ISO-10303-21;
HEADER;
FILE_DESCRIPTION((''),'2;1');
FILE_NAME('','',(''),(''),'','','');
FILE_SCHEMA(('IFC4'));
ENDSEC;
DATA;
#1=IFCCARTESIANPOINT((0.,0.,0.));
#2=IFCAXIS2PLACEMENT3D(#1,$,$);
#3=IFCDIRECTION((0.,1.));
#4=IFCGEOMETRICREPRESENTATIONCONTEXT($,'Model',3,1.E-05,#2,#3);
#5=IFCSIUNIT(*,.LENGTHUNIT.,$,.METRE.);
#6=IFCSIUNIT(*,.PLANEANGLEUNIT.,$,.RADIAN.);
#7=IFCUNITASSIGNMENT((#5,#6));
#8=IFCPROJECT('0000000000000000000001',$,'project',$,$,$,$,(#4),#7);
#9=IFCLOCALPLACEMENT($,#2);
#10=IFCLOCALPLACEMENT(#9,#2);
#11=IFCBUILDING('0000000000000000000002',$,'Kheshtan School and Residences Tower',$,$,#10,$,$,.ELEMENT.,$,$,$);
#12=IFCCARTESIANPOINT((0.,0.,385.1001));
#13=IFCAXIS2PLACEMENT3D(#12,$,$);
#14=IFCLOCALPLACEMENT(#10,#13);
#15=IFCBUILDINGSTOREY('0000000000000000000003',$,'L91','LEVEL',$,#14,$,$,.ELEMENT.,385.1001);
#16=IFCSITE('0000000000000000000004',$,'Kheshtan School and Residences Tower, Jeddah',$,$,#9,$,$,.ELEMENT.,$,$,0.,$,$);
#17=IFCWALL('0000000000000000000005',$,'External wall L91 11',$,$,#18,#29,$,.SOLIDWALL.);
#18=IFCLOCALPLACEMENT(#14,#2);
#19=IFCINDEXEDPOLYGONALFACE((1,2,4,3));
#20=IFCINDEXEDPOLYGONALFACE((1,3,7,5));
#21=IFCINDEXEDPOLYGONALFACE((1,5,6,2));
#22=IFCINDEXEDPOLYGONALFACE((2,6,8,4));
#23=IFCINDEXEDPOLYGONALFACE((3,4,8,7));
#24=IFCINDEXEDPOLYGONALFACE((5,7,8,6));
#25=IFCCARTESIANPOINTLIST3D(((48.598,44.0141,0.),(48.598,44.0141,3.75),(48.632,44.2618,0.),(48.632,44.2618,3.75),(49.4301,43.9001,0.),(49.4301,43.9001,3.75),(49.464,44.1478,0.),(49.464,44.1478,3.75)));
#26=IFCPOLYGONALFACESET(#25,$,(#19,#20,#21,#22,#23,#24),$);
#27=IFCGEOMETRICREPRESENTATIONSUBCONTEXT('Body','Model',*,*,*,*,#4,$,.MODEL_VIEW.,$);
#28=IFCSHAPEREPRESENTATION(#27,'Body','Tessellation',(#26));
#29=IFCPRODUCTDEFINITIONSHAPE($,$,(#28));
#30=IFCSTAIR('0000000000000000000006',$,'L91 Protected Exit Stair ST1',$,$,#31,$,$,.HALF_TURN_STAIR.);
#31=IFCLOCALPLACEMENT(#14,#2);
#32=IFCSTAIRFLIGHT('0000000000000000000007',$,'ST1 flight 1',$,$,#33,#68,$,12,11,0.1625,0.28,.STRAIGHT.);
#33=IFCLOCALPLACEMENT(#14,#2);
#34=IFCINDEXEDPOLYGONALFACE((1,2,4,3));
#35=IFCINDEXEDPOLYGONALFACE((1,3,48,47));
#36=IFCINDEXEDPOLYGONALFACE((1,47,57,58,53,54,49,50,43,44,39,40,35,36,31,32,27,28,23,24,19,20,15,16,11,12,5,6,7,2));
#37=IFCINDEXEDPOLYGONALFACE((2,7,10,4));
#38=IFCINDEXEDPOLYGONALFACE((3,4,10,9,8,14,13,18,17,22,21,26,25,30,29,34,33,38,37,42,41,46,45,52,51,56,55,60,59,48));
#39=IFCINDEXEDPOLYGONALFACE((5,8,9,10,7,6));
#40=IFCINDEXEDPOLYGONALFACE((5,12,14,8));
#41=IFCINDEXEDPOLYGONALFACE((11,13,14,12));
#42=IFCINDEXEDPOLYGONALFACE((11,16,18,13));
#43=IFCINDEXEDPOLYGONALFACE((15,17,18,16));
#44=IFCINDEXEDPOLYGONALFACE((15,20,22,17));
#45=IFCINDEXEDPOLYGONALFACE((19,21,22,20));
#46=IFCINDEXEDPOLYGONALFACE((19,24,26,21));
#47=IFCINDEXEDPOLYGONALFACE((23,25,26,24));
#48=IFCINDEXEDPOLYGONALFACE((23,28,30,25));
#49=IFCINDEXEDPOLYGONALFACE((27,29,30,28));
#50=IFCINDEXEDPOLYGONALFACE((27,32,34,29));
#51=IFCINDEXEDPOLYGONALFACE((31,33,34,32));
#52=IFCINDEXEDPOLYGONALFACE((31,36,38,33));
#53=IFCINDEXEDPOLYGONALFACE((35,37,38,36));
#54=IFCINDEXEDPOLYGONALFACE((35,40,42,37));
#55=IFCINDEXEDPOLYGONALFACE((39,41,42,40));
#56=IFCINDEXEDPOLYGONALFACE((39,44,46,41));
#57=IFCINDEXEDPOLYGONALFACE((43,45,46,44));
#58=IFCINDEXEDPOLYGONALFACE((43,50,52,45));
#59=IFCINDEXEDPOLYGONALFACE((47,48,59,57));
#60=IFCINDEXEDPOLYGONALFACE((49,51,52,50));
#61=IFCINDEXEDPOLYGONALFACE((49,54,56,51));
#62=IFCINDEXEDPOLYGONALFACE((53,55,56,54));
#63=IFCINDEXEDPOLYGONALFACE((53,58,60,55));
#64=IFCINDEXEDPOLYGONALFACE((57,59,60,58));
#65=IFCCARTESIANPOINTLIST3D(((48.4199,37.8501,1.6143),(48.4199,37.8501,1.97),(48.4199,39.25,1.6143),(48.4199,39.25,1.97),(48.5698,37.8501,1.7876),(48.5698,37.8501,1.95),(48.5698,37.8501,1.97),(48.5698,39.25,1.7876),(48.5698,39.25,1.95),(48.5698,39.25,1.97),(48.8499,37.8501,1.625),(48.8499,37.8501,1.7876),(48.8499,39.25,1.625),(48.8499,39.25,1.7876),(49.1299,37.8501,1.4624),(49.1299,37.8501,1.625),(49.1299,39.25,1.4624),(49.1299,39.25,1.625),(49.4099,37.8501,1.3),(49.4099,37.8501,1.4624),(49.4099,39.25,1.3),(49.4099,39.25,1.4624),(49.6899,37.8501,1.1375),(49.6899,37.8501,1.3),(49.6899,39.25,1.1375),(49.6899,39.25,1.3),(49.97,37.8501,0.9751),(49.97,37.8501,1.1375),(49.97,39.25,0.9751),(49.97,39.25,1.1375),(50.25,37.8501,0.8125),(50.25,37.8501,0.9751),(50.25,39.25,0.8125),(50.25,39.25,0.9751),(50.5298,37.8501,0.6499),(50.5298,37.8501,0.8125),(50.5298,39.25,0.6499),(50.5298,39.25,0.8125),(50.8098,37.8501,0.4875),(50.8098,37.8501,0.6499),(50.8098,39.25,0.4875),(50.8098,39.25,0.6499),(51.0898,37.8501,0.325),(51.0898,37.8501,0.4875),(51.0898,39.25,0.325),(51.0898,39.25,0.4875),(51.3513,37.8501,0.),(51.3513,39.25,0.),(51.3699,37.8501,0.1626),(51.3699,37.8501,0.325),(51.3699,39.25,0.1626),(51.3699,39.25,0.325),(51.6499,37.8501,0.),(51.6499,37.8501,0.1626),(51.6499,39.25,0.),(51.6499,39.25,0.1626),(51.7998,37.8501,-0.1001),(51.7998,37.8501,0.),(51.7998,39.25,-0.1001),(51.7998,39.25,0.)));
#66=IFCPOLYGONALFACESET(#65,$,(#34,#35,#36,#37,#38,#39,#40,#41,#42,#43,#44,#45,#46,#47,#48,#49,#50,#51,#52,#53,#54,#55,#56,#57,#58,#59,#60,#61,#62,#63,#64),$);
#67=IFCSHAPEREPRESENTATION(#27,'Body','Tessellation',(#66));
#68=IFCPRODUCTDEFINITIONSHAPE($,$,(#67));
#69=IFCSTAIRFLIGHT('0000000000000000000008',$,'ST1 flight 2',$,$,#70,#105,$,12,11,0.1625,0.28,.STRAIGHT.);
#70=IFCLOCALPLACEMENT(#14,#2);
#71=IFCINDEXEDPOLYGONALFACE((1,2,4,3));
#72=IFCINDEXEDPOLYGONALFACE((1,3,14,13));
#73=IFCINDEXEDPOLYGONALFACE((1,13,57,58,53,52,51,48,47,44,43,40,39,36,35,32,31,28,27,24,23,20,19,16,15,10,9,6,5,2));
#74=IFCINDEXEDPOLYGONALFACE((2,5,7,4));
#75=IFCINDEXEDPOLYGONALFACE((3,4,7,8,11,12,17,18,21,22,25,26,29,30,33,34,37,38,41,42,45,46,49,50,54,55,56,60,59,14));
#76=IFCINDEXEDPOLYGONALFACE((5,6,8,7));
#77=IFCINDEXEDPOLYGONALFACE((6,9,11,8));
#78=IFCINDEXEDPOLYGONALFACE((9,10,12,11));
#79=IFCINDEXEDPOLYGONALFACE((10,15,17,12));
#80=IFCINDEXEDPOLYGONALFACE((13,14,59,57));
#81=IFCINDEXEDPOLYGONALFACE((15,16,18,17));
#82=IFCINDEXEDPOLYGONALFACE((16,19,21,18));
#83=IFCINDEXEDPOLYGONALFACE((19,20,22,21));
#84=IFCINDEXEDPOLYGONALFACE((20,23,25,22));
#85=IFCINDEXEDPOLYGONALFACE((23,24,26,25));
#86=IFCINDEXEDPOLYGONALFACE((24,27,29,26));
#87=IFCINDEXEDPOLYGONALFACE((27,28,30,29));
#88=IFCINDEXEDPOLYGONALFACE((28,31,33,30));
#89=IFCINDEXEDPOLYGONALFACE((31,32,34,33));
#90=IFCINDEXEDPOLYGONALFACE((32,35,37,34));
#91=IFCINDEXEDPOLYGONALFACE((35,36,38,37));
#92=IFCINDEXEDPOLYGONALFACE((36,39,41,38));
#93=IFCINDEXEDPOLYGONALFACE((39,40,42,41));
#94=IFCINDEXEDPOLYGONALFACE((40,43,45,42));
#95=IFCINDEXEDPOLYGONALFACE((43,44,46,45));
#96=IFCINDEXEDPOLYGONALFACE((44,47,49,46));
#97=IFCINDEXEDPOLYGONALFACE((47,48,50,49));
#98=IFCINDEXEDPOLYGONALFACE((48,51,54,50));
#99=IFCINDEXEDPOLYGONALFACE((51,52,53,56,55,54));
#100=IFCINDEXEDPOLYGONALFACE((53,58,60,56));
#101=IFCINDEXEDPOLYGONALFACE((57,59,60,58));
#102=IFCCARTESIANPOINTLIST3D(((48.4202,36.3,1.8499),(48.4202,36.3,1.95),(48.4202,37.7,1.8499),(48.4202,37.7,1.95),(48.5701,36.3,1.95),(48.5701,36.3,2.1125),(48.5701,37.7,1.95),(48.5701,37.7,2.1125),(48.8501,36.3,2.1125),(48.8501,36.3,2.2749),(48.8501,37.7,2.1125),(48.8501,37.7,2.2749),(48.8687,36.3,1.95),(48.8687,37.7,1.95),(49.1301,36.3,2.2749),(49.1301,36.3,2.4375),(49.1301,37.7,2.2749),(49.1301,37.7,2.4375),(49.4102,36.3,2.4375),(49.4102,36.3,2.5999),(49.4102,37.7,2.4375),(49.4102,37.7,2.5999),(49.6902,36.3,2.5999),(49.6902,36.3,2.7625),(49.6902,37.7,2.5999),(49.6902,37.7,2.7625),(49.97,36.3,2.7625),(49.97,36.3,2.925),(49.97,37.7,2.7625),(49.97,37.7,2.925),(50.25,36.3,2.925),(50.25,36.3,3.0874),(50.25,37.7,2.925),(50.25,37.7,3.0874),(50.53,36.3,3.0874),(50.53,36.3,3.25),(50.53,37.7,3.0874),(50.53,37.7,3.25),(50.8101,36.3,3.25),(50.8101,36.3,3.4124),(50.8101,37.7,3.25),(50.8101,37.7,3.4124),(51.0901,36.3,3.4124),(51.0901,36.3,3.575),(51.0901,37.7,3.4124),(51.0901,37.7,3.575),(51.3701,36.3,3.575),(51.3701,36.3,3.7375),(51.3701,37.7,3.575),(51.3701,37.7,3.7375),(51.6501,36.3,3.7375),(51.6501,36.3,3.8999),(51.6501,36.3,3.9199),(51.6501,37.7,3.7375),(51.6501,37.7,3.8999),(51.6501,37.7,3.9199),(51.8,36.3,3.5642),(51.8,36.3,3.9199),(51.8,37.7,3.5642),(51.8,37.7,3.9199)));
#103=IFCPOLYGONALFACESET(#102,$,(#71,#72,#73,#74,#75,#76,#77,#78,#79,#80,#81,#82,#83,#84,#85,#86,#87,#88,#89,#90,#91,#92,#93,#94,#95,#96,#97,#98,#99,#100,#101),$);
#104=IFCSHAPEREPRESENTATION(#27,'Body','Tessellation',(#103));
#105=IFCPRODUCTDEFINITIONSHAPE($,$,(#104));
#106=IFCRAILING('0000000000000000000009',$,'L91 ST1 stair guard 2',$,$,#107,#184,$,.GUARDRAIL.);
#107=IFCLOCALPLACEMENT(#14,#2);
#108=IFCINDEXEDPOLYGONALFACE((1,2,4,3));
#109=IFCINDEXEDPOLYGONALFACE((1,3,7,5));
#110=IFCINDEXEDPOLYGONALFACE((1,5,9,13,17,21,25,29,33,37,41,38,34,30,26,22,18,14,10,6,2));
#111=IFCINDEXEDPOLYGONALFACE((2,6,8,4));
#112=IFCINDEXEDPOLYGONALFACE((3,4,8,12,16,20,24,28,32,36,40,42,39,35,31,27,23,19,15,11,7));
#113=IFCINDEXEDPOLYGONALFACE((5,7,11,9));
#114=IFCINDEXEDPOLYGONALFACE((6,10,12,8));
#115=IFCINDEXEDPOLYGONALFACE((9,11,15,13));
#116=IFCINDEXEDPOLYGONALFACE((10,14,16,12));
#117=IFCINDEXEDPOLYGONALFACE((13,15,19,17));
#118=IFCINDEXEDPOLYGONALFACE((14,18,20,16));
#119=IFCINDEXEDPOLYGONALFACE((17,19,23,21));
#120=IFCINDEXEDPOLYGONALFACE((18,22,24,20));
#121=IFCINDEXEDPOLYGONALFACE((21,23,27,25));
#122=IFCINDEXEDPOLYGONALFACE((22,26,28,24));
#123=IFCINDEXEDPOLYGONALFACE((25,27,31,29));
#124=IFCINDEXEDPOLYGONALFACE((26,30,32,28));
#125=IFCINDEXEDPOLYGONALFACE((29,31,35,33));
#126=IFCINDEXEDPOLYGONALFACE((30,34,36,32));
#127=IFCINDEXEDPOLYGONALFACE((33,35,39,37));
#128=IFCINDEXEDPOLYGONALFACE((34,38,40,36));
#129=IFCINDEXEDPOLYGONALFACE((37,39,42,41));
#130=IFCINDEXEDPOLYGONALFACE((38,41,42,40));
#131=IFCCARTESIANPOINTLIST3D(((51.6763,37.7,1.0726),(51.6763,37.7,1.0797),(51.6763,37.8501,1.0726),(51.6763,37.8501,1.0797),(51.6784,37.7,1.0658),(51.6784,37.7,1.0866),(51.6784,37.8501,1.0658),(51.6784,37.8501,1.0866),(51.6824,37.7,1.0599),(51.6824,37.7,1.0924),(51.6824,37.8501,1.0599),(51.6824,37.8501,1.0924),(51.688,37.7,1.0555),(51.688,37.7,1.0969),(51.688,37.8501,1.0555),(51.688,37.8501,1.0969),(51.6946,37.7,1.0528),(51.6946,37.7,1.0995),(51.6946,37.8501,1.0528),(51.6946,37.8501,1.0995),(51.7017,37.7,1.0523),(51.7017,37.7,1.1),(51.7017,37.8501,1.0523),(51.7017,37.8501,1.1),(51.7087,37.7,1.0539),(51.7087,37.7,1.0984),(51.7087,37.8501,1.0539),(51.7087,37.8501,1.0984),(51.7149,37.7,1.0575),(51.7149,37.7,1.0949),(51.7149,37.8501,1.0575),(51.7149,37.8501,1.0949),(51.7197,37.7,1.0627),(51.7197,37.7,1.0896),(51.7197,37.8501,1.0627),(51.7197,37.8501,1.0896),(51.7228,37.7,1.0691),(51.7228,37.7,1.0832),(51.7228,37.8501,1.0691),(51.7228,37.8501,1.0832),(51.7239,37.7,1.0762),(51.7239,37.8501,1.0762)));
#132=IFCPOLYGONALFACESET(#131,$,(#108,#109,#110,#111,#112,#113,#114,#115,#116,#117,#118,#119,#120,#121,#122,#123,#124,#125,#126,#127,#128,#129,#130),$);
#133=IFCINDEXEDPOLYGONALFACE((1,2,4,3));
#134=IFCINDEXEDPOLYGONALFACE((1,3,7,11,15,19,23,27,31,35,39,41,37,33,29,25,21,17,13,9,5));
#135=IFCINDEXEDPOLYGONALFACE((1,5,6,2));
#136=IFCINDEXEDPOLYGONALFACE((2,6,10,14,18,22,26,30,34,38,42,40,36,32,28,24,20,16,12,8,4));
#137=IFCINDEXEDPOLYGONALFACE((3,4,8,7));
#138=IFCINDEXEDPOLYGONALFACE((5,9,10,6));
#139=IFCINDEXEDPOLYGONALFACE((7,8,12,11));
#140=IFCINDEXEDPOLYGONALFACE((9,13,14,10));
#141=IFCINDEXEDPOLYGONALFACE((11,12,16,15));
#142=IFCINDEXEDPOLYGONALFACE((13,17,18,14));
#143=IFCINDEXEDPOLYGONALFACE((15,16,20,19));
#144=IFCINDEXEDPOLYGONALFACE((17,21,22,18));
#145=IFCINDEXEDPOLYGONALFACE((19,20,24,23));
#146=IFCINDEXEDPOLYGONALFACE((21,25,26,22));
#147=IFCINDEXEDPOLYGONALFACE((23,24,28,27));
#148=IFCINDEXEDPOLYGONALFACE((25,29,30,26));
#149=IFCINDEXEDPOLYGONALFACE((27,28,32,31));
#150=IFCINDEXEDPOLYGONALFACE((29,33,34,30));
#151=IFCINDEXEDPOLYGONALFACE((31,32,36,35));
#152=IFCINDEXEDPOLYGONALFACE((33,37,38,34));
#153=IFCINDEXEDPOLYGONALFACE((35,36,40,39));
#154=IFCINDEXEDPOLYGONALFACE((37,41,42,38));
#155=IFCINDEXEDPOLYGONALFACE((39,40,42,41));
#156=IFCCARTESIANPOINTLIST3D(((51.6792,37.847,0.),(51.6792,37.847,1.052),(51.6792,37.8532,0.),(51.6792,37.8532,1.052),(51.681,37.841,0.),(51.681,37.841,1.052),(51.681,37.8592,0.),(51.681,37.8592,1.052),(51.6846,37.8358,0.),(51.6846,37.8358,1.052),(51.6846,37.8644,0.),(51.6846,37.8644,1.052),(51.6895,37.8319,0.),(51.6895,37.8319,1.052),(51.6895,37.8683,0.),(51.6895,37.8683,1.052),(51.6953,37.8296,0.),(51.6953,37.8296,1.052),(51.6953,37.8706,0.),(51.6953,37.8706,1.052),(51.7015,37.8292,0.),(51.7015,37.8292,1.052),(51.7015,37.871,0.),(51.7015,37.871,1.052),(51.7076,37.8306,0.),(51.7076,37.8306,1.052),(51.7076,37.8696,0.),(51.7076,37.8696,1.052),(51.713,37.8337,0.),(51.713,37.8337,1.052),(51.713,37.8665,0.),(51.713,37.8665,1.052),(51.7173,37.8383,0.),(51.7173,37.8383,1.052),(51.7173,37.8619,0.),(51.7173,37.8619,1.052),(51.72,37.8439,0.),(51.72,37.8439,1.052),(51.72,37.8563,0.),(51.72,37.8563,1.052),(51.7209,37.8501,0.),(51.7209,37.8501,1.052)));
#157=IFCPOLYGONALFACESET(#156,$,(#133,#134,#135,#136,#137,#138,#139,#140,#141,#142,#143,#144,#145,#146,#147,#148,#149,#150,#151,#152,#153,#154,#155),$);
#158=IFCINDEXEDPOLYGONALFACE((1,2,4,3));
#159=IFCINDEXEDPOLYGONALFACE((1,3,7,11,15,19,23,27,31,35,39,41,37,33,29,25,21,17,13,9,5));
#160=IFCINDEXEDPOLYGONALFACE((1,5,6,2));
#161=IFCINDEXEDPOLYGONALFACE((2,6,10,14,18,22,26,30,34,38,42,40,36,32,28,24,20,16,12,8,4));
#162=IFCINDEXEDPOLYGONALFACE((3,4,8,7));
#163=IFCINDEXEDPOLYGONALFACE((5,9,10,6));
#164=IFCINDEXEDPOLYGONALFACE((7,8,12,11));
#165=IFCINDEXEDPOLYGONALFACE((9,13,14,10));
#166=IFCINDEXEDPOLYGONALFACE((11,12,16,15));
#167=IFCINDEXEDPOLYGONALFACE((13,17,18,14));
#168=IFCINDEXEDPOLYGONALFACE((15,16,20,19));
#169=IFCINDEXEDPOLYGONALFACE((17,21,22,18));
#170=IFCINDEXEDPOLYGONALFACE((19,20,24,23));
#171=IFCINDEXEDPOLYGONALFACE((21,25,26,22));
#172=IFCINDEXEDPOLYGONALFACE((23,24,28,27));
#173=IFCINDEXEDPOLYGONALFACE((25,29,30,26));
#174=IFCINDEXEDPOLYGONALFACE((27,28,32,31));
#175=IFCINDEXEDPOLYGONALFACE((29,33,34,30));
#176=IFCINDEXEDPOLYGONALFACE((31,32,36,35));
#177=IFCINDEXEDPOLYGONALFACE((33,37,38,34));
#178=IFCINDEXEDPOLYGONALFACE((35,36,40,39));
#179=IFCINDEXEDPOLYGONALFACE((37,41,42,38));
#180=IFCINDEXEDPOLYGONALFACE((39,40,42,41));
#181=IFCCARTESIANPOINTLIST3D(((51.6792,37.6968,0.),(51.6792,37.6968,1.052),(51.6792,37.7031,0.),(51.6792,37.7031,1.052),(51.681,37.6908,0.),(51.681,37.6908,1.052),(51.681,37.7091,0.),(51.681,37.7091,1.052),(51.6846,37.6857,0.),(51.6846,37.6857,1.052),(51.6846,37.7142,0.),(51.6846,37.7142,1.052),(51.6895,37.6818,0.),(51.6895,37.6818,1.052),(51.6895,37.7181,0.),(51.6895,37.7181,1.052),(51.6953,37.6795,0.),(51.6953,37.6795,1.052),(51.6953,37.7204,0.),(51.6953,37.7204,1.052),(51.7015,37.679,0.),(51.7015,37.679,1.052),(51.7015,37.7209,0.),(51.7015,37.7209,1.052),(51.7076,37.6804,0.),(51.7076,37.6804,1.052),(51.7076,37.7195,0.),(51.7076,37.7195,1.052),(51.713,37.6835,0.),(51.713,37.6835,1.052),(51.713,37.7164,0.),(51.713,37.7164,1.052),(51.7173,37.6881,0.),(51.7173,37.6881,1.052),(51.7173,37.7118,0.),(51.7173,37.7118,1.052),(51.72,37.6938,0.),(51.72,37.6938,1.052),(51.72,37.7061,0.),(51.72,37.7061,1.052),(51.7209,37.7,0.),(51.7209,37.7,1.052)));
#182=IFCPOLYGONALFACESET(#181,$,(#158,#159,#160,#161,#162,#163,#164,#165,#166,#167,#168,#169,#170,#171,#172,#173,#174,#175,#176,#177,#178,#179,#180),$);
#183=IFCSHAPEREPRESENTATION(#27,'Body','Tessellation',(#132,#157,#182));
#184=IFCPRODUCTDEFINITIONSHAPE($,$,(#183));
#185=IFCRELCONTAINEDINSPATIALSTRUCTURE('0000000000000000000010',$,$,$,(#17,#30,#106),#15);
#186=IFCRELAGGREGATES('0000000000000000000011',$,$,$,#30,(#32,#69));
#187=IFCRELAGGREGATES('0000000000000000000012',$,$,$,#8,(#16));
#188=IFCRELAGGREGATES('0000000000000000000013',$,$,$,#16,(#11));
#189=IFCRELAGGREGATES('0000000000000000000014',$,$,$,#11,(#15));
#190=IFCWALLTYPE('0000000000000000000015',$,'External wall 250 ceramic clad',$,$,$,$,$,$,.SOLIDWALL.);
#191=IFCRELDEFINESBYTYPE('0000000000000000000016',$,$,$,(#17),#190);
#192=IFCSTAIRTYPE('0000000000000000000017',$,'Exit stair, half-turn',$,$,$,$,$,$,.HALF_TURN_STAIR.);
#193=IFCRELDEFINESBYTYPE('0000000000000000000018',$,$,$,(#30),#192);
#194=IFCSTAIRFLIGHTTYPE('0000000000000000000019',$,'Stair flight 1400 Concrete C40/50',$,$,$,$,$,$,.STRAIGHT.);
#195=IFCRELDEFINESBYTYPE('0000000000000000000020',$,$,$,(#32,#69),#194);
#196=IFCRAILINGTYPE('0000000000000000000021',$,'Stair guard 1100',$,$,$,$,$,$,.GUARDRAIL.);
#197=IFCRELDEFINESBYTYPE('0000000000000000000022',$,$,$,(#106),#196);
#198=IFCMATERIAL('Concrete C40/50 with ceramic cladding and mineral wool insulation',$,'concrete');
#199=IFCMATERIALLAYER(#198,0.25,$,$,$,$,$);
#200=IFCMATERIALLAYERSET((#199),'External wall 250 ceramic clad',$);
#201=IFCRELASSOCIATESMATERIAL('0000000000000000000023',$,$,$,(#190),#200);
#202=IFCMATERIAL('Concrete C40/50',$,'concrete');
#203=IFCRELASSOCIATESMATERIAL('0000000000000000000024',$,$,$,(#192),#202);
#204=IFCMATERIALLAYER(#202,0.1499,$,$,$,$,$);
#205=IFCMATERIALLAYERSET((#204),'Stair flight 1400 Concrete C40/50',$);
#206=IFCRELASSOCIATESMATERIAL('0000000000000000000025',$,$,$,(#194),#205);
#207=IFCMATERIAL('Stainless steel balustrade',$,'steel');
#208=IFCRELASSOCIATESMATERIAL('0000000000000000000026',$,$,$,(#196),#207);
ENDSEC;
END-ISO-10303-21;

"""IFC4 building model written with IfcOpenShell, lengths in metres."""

from ifc_helpers import new_model, si_unit, direction, frame, frame_2d, origin, origin_2d, place, context, subcontext, project, spatial, polyline, rectangle, circle, outline, extrude, material, layer, layer_set, type_object, element, aggregate, save


model = new_model("IFC4")

# Units and contexts
model_context = context("Model", 3, precision=1e-05, world=origin(), true_north=direction((0.0, 1.0)))
body_context = subcontext(model_context, "Body", "Model", "MODEL_VIEW")
ifc_project = project(units=[si_unit("LENGTHUNIT", "METRE"), si_unit("PLANEANGLEUNIT", "RADIAN")], contexts=[model_context])

# Site, building, storey
site_placement = place(None, origin())
site = spatial("IfcSite", under=ifc_project, at=site_placement, Name="Kheshtan School and Residences Tower, Jeddah", CompositionType="ELEMENT", RefElevation=0.0)
building_placement = place(site_placement, origin())
building = spatial("IfcBuilding", under=site, at=building_placement, Name="Kheshtan School and Residences Tower", CompositionType="ELEMENT")
storey_placement = place(building_placement, frame((0.0, 0.0, 385.1001)))
storey = spatial("IfcBuildingStorey", under=building, at=storey_placement, Name="L91", Description="LEVEL", CompositionType="ELEMENT", Elevation=385.1001)

# Shared definitions
ifc_material_1 = material(Name="Concrete C40/50 with ceramic cladding and mineral wool insulation", Category="concrete")
ifc_layer_1 = layer(ifc_material_1, 0.25)
ifc_layer_set_1 = layer_set([ifc_layer_1], Name="External wall 250 ceramic clad")
wall_type_1 = type_object("IfcWallType", Name="External wall 250 ceramic clad", PredefinedType="SOLIDWALL", material=ifc_layer_set_1)

# Wall
wall_1_placement = place(storey_placement, frame((48.615, 44.1379, 0.0), z_axis=(0.0, 0.0, 1.0), x_axis=(0.990742, -0.135762, 0.0)))
element("IfcWall", 1, at=wall_1_placement, inside=storey, type_object=wall_type_1, Name="External wall L91 11", PredefinedType="SOLIDWALL", context=body_context, shape_type="SweptSolid", body=[
    extrude(rectangle(XDim=0.8398, YDim=0.25, at=frame_2d((0.4199, 0.0))), origin(), (0.0, 0.0, 1.0), 3.75),
])

# Stair, stair flights
ifc_material_2 = material(Name="Concrete C40/50", Category="concrete")
stair_type = type_object("IfcStairType", Name="Exit stair, half-turn", PredefinedType="HALF_TURN_STAIR", material=ifc_material_2)
stair_placement = place(storey_placement, origin())
stair = element("IfcStair", 2, at=stair_placement, inside=storey, type_object=stair_type, Name="L91 Protected Exit Stair ST1", PredefinedType="HALF_TURN_STAIR")
ifc_layer_2 = layer(ifc_material_2, 0.1499)
ifc_layer_set_2 = layer_set([ifc_layer_2], Name="Stair flight 1400 Concrete C40/50")
stair_flight_type = type_object("IfcStairFlightType", Name="Stair flight 1400 Concrete C40/50", PredefinedType="STRAIGHT", material=ifc_layer_set_2)
stair_flight_1_placement = place(storey_placement, frame((51.6499, 38.55, 0.0), z_axis=(0.0, 0.0, 1.0), x_axis=(-1.0, 0.0, 0.0)))
stair_flight_1 = element("IfcStairFlight", 3, at=stair_flight_1_placement, type_object=stair_flight_type, Name="ST1 flight 1", NumberOfRisers=12, NumberOfTreads=11, PredefinedType="STRAIGHT", RiserHeight=0.1625, TreadLength=0.28, context=body_context, shape_type="SweptSolid", body=[
    extrude(outline(polyline([(-0.1499, -0.1001), (-0.1499, 0.0), (0.0, 0.0), (0.0, 0.1626), (0.28, 0.1626), (0.28, 0.325), (0.5601, 0.325), (0.5601, 0.4875), (0.8401, 0.4875), (0.8401, 0.6499), (1.1201, 0.6499), (1.1201, 0.8125), (1.3999, 0.8125), (1.3999, 0.9751), (1.6799, 0.9751), (1.6799, 1.1375), (1.96, 1.1375), (1.96, 1.3), (2.24, 1.3), (2.24, 1.4624), (2.52, 1.4624), (2.52, 1.625), (2.8, 1.625), (2.8, 1.7876), (3.0801, 1.7876), (3.0801, 1.95), (3.0801, 1.97), (3.23, 1.97), (3.23, 1.6143), (0.2986, 0.0), (-0.1499, -0.1001)])), frame((0.0, 0.7, 0.0), z_axis=(0.0, -1.0, 0.0), x_axis=(1.0, 0.0, 0.0)), (0.0, 0.0, 1.0), 1.3999),
])
stair_flight_2_placement = place(storey_placement, frame((48.5701, 37.0, 1.95), z_axis=(0.0, 0.0, 1.0), x_axis=(1.0, 0.0, 0.0)))
stair_flight_2 = element("IfcStairFlight", 4, at=stair_flight_2_placement, type_object=stair_flight_type, Name="ST1 flight 2", NumberOfRisers=12, NumberOfTreads=11, PredefinedType="STRAIGHT", RiserHeight=0.1625, TreadLength=0.28, context=body_context, shape_type="SweptSolid", body=[
    extrude(outline(polyline([(-0.1499, -0.1001), (-0.1499, 0.0), (0.0, 0.0), (0.0, 0.1626), (0.28, 0.1626), (0.28, 0.325), (0.5601, 0.325), (0.5601, 0.4875), (0.8401, 0.4875), (0.8401, 0.6499), (1.1201, 0.6499), (1.1201, 0.8125), (1.3999, 0.8125), (1.3999, 0.9751), (1.6799, 0.9751), (1.6799, 1.1375), (1.96, 1.1375), (1.96, 1.3), (2.24, 1.3), (2.24, 1.4624), (2.52, 1.4624), (2.52, 1.625), (2.8, 1.625), (2.8, 1.7876), (3.0801, 1.7876), (3.0801, 1.95), (3.0801, 1.97), (3.23, 1.97), (3.23, 1.6143), (0.2986, 0.0), (-0.1499, -0.1001)])), frame((0.0, 0.7, 0.0), z_axis=(0.0, -1.0, 0.0), x_axis=(1.0, 0.0, 0.0)), (0.0, 0.0, 1.0), 1.3999),
])
aggregate(stair, [stair_flight_1, stair_flight_2])

# Railing
ifc_material_3 = material(Name="Stainless steel balustrade", Category="steel")
railing_type_1 = type_object("IfcRailingType", Name="Stair guard 1100", PredefinedType="GUARDRAIL", material=ifc_material_3)
railing_1_placement = place(storey_placement, frame((51.7, 37.8501, 0.0)))
element("IfcRailing", 5, at=railing_1_placement, inside=storey, type_object=railing_type_1, Name="L91 ST1 stair guard 2", PredefinedType="GUARDRAIL", context=body_context, shape_type="SweptSolid", body=[
    extrude(circle(Radius=0.0239, at=origin_2d()), frame((0.0, 0.0, 1.0762), z_axis=(0.0, -1.0, 0.0), x_axis=(1.0, 0.0, 0.0)), (0.0, 0.0, 1.0), 0.1501),
    extrude(circle(Radius=0.021, at=origin_2d()), origin(), (0.0, 0.0, 1.0), 1.052),
    extrude(circle(Radius=0.021, at=origin_2d()), frame((0.0, -0.1501, 0.0)), (0.0, 0.0, 1.0), 1.052),
])

save(model, "model.ifc")
